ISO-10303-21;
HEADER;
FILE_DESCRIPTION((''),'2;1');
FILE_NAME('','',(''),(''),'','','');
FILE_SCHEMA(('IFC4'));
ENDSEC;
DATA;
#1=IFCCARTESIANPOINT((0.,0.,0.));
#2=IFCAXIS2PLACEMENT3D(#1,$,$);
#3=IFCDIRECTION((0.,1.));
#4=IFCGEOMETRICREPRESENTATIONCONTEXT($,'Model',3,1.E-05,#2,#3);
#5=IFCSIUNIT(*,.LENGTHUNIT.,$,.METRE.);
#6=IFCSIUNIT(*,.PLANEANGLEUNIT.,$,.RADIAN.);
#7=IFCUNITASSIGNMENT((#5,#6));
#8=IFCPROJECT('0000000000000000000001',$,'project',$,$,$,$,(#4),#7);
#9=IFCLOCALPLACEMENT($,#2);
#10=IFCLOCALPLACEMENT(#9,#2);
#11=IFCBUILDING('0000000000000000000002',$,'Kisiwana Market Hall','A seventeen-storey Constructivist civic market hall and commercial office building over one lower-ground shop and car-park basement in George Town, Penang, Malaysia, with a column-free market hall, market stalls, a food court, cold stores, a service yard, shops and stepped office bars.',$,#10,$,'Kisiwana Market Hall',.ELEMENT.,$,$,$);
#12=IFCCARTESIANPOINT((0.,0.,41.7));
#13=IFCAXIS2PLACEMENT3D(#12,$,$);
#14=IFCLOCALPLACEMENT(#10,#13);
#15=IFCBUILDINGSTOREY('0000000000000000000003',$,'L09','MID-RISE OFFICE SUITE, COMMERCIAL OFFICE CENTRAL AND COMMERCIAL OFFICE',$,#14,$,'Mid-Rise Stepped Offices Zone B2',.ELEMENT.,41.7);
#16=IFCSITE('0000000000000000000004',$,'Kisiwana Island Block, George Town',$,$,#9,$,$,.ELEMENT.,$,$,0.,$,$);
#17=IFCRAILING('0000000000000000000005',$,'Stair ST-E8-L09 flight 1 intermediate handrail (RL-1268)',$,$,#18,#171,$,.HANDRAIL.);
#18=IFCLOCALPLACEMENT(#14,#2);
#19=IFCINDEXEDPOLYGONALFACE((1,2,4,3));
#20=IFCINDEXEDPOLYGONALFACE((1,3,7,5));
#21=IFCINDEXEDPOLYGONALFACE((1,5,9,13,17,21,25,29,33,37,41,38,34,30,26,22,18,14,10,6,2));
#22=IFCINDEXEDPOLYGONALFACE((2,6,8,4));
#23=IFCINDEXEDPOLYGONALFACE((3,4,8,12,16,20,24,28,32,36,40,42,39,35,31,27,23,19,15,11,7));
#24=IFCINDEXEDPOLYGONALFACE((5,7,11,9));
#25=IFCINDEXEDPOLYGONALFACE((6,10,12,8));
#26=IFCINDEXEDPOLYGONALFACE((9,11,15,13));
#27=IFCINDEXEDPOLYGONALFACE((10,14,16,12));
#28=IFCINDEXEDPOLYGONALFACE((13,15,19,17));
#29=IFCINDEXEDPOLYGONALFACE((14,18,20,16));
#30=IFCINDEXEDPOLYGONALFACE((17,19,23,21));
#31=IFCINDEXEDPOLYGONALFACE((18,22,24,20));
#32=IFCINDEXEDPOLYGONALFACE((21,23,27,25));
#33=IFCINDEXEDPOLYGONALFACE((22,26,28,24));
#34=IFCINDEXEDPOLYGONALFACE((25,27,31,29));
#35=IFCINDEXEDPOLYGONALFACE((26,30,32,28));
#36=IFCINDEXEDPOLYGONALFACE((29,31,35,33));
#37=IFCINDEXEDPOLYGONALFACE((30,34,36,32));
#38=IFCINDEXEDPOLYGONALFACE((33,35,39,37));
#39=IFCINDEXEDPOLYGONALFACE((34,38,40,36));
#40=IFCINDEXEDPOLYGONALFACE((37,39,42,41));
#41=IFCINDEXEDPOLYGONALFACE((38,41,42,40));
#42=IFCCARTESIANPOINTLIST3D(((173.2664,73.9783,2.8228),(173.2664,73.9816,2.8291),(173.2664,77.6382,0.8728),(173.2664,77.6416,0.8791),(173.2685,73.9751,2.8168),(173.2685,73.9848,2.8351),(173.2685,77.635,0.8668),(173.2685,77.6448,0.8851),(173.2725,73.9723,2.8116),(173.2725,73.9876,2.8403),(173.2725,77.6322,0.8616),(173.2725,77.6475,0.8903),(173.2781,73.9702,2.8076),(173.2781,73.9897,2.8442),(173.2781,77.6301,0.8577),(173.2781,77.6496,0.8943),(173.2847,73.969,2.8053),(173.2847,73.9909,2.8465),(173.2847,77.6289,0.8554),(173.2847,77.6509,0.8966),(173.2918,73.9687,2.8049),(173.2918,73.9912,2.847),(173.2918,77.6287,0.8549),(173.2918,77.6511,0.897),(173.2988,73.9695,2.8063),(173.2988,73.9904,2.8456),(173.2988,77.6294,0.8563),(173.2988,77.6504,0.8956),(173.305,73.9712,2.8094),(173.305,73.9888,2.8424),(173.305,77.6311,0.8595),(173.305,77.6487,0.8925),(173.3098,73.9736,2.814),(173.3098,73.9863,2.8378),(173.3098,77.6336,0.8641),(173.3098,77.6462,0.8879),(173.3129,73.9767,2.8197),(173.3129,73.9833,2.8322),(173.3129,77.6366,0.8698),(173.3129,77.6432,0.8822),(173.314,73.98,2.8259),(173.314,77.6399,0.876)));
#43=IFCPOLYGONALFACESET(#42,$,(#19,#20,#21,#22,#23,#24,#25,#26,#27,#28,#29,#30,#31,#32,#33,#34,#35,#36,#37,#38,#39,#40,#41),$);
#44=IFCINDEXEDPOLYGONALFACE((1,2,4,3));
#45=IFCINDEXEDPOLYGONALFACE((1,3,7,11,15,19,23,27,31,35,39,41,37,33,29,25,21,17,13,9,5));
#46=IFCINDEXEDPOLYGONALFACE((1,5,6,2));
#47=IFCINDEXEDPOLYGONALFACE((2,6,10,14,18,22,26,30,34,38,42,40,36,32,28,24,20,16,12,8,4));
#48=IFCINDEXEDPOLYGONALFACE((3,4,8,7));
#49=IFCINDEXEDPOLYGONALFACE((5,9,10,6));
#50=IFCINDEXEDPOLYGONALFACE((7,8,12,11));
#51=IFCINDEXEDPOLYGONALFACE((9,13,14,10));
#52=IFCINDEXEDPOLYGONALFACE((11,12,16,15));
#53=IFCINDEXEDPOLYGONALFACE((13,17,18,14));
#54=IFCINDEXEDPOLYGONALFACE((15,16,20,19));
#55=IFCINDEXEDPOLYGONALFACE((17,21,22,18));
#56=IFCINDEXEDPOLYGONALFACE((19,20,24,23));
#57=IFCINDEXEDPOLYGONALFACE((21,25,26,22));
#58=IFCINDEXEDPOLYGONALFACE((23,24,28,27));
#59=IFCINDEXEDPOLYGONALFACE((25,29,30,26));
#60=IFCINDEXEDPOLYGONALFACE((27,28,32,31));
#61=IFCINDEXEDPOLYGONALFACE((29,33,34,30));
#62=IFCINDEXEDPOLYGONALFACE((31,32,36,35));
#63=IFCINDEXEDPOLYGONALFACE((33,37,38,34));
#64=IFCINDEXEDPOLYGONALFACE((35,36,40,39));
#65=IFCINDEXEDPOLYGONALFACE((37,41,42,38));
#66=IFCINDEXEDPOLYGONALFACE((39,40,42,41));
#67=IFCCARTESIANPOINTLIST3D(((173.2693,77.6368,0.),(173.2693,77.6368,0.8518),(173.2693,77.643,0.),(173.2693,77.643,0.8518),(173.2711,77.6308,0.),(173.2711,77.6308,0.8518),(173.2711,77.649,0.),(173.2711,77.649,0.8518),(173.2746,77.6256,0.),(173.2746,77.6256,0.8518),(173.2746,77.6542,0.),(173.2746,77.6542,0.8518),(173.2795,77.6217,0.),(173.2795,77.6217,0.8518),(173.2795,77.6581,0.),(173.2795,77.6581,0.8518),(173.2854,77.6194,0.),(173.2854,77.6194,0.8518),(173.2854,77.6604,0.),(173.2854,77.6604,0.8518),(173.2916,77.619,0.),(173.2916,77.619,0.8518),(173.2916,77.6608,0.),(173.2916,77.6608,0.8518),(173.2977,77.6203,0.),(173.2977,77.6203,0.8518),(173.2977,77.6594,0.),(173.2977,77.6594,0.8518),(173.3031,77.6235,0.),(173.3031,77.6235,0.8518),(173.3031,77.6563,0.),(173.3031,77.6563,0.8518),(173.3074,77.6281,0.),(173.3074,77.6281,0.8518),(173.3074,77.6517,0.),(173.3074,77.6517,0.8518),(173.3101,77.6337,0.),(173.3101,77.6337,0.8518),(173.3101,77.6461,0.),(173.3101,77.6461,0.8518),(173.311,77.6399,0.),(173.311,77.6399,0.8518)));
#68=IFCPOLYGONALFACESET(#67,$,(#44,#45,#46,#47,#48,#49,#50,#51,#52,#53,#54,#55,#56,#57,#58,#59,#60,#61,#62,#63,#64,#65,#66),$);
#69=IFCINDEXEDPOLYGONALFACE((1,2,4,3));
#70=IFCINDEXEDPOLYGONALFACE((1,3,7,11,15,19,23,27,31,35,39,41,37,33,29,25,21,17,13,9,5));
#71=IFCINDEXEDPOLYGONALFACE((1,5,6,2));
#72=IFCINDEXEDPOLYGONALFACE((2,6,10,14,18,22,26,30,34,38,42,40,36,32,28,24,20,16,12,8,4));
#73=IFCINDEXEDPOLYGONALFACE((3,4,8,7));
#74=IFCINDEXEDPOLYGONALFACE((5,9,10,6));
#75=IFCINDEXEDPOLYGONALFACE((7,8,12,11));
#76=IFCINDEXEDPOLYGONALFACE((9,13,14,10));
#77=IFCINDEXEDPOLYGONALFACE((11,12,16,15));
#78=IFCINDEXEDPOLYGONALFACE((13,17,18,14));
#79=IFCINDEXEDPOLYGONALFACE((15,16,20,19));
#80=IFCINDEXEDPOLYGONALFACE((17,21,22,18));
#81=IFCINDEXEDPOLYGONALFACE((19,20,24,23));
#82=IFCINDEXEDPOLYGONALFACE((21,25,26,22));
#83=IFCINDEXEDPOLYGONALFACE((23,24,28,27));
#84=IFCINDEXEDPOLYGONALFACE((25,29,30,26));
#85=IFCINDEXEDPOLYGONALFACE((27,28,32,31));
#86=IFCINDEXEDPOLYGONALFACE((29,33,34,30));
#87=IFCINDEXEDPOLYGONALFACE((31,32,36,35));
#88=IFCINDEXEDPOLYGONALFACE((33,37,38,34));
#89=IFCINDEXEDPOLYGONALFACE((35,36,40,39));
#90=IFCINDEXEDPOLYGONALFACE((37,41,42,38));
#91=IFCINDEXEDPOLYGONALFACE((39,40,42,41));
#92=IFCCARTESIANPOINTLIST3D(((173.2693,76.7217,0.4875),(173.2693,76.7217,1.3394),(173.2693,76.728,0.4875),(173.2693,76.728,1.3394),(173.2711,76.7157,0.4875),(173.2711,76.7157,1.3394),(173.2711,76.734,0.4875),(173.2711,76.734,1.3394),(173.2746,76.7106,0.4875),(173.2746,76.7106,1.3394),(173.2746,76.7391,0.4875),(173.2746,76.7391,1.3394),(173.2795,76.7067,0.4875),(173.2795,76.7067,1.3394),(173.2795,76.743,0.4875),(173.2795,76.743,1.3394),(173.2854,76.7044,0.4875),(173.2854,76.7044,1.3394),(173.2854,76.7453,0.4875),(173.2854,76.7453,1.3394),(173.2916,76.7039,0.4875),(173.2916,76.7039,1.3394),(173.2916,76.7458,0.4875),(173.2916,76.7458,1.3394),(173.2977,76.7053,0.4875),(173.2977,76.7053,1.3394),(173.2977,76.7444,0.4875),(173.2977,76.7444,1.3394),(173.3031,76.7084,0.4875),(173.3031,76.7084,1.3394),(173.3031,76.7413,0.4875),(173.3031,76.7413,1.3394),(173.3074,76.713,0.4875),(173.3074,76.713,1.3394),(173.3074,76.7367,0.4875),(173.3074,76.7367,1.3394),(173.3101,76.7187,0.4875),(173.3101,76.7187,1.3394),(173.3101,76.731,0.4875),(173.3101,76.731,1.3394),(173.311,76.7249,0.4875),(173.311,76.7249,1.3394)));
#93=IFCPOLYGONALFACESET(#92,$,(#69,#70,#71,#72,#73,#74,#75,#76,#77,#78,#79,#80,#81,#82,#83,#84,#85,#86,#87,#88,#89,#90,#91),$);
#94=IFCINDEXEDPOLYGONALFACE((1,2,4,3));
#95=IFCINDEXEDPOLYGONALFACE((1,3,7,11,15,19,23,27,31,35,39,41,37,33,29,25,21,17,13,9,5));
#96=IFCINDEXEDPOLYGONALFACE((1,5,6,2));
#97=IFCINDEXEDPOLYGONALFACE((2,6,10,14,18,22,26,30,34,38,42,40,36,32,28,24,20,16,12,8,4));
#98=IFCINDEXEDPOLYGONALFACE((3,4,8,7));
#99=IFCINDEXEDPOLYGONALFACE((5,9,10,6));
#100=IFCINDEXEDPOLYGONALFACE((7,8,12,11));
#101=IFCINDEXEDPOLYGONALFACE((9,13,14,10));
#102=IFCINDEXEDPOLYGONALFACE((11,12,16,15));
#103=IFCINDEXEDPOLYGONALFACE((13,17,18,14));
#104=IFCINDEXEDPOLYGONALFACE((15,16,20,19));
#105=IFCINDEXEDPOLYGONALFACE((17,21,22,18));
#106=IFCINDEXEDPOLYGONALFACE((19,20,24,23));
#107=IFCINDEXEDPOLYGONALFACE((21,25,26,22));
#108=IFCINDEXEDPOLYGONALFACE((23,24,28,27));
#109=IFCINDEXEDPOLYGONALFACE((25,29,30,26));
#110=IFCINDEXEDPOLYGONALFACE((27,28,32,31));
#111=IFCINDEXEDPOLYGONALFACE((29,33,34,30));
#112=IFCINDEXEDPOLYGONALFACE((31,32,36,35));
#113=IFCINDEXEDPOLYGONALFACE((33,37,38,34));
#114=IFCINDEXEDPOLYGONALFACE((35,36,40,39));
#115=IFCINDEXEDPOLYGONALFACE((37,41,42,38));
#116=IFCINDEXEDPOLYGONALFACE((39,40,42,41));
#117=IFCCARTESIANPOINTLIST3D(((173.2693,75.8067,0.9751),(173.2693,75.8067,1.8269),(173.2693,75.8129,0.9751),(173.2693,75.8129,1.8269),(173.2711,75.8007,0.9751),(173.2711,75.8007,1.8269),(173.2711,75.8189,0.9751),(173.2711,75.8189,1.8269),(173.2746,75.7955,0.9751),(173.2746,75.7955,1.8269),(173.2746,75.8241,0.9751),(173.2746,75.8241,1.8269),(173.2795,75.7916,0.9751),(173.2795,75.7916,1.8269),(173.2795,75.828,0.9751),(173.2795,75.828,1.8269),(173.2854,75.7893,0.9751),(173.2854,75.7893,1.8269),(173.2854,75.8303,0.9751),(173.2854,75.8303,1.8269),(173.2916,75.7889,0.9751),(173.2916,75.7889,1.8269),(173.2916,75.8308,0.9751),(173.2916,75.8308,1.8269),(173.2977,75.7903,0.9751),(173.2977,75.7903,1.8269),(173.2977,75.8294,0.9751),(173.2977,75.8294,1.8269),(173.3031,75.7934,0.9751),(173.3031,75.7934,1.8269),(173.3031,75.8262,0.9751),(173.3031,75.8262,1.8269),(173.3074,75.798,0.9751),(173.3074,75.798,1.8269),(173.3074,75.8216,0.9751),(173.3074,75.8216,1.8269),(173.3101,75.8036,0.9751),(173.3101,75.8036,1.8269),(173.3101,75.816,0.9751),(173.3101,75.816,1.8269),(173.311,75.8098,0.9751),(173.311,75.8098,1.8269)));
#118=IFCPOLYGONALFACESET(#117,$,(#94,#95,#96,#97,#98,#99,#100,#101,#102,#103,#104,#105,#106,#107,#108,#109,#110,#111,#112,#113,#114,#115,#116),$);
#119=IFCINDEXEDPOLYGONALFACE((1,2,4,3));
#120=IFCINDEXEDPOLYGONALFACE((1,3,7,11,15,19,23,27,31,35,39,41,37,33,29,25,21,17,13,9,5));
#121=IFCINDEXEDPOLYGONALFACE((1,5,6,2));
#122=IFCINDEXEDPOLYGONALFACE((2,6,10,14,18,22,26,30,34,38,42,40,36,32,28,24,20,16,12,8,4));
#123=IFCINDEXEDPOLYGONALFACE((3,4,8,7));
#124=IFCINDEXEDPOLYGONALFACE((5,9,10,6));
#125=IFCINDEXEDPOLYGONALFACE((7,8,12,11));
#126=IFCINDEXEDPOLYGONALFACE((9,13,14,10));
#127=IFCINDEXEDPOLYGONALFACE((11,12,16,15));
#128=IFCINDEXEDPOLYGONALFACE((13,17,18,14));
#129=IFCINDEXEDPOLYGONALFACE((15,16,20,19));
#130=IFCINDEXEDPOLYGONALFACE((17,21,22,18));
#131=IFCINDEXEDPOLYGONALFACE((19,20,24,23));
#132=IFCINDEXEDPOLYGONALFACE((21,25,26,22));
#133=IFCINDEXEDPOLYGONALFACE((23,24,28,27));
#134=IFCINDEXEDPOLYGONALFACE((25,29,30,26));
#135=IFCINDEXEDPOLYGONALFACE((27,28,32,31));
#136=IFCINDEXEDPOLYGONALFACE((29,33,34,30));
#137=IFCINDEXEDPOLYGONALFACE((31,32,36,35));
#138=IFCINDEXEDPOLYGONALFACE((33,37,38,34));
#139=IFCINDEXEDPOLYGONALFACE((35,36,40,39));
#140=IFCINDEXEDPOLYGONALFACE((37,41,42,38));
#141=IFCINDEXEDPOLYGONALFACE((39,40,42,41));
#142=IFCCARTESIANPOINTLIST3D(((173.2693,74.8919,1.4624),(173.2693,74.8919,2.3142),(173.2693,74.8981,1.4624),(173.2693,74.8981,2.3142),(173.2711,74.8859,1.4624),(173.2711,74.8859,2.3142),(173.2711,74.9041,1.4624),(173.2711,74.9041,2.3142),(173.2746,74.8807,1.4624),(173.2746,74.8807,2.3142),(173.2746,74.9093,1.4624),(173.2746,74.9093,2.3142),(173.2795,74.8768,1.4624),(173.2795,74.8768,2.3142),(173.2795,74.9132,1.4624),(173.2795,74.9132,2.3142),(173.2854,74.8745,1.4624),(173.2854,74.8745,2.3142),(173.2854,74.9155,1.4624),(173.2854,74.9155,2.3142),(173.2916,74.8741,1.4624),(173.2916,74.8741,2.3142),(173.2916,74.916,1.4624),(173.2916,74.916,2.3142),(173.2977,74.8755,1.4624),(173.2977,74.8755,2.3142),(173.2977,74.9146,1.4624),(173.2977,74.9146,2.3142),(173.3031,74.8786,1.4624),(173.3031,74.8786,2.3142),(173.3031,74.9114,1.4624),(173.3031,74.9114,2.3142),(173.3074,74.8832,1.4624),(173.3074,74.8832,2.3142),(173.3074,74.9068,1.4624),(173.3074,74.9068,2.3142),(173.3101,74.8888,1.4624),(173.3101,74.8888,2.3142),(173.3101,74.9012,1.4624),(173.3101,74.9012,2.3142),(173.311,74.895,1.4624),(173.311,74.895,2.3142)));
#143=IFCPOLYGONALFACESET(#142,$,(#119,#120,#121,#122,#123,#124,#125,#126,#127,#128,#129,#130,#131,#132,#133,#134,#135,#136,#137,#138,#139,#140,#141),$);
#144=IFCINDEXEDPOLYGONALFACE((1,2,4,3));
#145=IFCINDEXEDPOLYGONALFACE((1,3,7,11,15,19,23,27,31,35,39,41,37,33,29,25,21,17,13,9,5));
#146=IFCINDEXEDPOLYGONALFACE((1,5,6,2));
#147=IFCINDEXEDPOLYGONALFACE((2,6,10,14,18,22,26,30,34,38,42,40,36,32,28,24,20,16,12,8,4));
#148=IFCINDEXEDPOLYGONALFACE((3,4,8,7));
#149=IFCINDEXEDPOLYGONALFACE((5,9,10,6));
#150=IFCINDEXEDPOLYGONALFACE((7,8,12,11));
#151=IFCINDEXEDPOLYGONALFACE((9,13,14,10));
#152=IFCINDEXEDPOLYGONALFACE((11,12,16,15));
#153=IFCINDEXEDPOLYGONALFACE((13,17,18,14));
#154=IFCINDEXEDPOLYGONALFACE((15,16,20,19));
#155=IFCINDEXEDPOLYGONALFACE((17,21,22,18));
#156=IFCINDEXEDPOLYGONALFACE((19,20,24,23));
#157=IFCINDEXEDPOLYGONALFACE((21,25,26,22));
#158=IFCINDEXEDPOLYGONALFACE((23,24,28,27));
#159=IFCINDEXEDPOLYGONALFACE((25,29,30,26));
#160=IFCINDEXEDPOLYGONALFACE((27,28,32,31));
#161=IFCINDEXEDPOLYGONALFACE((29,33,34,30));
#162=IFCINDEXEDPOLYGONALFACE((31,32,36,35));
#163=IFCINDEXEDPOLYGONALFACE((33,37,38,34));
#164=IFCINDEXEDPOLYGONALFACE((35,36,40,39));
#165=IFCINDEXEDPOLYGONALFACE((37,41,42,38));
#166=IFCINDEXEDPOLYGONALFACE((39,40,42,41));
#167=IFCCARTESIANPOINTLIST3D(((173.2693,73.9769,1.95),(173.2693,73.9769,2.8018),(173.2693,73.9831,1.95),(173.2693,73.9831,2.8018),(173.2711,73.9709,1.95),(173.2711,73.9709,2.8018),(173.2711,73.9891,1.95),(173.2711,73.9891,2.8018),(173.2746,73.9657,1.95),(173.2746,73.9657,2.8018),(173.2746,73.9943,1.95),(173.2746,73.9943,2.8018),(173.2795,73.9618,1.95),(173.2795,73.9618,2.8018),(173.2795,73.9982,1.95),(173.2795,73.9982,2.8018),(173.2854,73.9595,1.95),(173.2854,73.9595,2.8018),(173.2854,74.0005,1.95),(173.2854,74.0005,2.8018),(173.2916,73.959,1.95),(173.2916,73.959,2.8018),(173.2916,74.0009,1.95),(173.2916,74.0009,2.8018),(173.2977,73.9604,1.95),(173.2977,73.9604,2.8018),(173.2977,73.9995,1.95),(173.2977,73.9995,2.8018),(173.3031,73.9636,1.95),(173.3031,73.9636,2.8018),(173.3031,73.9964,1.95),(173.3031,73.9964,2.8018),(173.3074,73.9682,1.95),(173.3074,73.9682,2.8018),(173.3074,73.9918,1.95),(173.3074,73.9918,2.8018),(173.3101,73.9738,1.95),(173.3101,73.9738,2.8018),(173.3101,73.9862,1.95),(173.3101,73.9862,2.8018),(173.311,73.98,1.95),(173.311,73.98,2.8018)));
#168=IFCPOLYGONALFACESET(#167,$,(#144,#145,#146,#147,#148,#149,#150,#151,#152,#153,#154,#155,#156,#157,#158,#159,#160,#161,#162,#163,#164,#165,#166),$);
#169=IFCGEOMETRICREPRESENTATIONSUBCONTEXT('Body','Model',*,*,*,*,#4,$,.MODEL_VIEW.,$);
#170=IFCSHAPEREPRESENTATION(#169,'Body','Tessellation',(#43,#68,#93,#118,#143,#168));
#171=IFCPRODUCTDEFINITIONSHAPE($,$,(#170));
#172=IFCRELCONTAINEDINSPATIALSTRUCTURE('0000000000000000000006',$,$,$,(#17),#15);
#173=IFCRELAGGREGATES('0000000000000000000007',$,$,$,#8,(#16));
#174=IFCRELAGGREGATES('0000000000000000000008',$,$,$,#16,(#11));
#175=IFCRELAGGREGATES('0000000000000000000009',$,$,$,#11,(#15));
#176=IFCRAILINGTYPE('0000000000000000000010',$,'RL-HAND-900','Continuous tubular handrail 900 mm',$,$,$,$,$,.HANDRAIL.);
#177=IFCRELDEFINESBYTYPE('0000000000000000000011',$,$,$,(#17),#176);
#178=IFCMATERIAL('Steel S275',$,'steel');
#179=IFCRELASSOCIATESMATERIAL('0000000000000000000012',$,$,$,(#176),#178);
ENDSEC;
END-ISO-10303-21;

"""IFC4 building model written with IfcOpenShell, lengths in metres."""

from ifc_helpers import new_model, si_unit, direction, frame, origin, origin_2d, place, context, subcontext, project, spatial, circle, extrude, material, type_object, element, save


model = new_model("IFC4")

# Units and contexts
model_context = context("Model", 3, precision=1e-05, world=origin(), true_north=direction((0.0, 1.0)))
body_context = subcontext(model_context, "Body", "Model", "MODEL_VIEW")
ifc_project = project(units=[si_unit("LENGTHUNIT", "METRE"), si_unit("PLANEANGLEUNIT", "RADIAN")], contexts=[model_context])

# Site, building, storey
site_placement = place(None, origin())
site = spatial("IfcSite", under=ifc_project, at=site_placement, Name="Kisiwana Island Block, George Town", CompositionType="ELEMENT", RefElevation=0.0)
building_placement = place(site_placement, origin())
building = spatial("IfcBuilding", under=site, at=building_placement, Name="Kisiwana Market Hall", Description="A seventeen-storey Constructivist civic market hall and commercial office building over one lower-ground shop and car-park basement in George Town, Penang, Malaysia, with a column-free market hall, market stalls, a food court, cold stores, a service yard, shops and stepped office bars.", LongName="Kisiwana Market Hall", CompositionType="ELEMENT")
storey_placement = place(building_placement, frame((0.0, 0.0, 41.7)))
storey = spatial("IfcBuildingStorey", under=building, at=storey_placement, Name="L09", Description="MID-RISE OFFICE SUITE, COMMERCIAL OFFICE CENTRAL AND COMMERCIAL OFFICE", LongName="Mid-Rise Stepped Offices Zone B2", CompositionType="ELEMENT", Elevation=41.7)

# Railing
ifc_material_1 = material(Name="Steel S275", Category="steel")
railing_type_1 = type_object("IfcRailingType", Name="RL-HAND-900", Description="Continuous tubular handrail 900 mm", PredefinedType="HANDRAIL", material=ifc_material_1)
railing_1_placement = place(storey_placement, frame((173.29, 77.6399, 0.0)))
element("IfcRailing", 1, at=railing_1_placement, inside=storey, type_object=railing_type_1, Name="Stair ST-E8-L09 flight 1 intermediate handrail (RL-1268)", PredefinedType="HANDRAIL", context=body_context, shape_type="SweptSolid", body=[
    extrude(circle(Radius=0.0239, at=origin_2d()), frame((0.0, 0.0, 0.876), z_axis=(0.0, -0.882553, 0.470212), x_axis=(1.0, 0.0, 0.0)), (0.0, 0.0, 1.0), 4.147),
    extrude(circle(Radius=0.021, at=origin_2d()), origin(), (0.0, 0.0, 1.0), 0.8518),
    extrude(circle(Radius=0.021, at=origin_2d()), frame((0.0, -0.915, 0.4875)), (0.0, 0.0, 1.0), 0.8518),
    extrude(circle(Radius=0.021, at=origin_2d()), frame((0.0, -1.8301, 0.9751)), (0.0, 0.0, 1.0), 0.8518),
    extrude(circle(Radius=0.021, at=origin_2d()), frame((0.0, -2.7449, 1.4624)), (0.0, 0.0, 1.0), 0.8518),
    extrude(circle(Radius=0.021, at=origin_2d()), frame((0.0, -3.6599, 1.95)), (0.0, 0.0, 1.0), 0.8518),
])

save(model, "model.ifc")
